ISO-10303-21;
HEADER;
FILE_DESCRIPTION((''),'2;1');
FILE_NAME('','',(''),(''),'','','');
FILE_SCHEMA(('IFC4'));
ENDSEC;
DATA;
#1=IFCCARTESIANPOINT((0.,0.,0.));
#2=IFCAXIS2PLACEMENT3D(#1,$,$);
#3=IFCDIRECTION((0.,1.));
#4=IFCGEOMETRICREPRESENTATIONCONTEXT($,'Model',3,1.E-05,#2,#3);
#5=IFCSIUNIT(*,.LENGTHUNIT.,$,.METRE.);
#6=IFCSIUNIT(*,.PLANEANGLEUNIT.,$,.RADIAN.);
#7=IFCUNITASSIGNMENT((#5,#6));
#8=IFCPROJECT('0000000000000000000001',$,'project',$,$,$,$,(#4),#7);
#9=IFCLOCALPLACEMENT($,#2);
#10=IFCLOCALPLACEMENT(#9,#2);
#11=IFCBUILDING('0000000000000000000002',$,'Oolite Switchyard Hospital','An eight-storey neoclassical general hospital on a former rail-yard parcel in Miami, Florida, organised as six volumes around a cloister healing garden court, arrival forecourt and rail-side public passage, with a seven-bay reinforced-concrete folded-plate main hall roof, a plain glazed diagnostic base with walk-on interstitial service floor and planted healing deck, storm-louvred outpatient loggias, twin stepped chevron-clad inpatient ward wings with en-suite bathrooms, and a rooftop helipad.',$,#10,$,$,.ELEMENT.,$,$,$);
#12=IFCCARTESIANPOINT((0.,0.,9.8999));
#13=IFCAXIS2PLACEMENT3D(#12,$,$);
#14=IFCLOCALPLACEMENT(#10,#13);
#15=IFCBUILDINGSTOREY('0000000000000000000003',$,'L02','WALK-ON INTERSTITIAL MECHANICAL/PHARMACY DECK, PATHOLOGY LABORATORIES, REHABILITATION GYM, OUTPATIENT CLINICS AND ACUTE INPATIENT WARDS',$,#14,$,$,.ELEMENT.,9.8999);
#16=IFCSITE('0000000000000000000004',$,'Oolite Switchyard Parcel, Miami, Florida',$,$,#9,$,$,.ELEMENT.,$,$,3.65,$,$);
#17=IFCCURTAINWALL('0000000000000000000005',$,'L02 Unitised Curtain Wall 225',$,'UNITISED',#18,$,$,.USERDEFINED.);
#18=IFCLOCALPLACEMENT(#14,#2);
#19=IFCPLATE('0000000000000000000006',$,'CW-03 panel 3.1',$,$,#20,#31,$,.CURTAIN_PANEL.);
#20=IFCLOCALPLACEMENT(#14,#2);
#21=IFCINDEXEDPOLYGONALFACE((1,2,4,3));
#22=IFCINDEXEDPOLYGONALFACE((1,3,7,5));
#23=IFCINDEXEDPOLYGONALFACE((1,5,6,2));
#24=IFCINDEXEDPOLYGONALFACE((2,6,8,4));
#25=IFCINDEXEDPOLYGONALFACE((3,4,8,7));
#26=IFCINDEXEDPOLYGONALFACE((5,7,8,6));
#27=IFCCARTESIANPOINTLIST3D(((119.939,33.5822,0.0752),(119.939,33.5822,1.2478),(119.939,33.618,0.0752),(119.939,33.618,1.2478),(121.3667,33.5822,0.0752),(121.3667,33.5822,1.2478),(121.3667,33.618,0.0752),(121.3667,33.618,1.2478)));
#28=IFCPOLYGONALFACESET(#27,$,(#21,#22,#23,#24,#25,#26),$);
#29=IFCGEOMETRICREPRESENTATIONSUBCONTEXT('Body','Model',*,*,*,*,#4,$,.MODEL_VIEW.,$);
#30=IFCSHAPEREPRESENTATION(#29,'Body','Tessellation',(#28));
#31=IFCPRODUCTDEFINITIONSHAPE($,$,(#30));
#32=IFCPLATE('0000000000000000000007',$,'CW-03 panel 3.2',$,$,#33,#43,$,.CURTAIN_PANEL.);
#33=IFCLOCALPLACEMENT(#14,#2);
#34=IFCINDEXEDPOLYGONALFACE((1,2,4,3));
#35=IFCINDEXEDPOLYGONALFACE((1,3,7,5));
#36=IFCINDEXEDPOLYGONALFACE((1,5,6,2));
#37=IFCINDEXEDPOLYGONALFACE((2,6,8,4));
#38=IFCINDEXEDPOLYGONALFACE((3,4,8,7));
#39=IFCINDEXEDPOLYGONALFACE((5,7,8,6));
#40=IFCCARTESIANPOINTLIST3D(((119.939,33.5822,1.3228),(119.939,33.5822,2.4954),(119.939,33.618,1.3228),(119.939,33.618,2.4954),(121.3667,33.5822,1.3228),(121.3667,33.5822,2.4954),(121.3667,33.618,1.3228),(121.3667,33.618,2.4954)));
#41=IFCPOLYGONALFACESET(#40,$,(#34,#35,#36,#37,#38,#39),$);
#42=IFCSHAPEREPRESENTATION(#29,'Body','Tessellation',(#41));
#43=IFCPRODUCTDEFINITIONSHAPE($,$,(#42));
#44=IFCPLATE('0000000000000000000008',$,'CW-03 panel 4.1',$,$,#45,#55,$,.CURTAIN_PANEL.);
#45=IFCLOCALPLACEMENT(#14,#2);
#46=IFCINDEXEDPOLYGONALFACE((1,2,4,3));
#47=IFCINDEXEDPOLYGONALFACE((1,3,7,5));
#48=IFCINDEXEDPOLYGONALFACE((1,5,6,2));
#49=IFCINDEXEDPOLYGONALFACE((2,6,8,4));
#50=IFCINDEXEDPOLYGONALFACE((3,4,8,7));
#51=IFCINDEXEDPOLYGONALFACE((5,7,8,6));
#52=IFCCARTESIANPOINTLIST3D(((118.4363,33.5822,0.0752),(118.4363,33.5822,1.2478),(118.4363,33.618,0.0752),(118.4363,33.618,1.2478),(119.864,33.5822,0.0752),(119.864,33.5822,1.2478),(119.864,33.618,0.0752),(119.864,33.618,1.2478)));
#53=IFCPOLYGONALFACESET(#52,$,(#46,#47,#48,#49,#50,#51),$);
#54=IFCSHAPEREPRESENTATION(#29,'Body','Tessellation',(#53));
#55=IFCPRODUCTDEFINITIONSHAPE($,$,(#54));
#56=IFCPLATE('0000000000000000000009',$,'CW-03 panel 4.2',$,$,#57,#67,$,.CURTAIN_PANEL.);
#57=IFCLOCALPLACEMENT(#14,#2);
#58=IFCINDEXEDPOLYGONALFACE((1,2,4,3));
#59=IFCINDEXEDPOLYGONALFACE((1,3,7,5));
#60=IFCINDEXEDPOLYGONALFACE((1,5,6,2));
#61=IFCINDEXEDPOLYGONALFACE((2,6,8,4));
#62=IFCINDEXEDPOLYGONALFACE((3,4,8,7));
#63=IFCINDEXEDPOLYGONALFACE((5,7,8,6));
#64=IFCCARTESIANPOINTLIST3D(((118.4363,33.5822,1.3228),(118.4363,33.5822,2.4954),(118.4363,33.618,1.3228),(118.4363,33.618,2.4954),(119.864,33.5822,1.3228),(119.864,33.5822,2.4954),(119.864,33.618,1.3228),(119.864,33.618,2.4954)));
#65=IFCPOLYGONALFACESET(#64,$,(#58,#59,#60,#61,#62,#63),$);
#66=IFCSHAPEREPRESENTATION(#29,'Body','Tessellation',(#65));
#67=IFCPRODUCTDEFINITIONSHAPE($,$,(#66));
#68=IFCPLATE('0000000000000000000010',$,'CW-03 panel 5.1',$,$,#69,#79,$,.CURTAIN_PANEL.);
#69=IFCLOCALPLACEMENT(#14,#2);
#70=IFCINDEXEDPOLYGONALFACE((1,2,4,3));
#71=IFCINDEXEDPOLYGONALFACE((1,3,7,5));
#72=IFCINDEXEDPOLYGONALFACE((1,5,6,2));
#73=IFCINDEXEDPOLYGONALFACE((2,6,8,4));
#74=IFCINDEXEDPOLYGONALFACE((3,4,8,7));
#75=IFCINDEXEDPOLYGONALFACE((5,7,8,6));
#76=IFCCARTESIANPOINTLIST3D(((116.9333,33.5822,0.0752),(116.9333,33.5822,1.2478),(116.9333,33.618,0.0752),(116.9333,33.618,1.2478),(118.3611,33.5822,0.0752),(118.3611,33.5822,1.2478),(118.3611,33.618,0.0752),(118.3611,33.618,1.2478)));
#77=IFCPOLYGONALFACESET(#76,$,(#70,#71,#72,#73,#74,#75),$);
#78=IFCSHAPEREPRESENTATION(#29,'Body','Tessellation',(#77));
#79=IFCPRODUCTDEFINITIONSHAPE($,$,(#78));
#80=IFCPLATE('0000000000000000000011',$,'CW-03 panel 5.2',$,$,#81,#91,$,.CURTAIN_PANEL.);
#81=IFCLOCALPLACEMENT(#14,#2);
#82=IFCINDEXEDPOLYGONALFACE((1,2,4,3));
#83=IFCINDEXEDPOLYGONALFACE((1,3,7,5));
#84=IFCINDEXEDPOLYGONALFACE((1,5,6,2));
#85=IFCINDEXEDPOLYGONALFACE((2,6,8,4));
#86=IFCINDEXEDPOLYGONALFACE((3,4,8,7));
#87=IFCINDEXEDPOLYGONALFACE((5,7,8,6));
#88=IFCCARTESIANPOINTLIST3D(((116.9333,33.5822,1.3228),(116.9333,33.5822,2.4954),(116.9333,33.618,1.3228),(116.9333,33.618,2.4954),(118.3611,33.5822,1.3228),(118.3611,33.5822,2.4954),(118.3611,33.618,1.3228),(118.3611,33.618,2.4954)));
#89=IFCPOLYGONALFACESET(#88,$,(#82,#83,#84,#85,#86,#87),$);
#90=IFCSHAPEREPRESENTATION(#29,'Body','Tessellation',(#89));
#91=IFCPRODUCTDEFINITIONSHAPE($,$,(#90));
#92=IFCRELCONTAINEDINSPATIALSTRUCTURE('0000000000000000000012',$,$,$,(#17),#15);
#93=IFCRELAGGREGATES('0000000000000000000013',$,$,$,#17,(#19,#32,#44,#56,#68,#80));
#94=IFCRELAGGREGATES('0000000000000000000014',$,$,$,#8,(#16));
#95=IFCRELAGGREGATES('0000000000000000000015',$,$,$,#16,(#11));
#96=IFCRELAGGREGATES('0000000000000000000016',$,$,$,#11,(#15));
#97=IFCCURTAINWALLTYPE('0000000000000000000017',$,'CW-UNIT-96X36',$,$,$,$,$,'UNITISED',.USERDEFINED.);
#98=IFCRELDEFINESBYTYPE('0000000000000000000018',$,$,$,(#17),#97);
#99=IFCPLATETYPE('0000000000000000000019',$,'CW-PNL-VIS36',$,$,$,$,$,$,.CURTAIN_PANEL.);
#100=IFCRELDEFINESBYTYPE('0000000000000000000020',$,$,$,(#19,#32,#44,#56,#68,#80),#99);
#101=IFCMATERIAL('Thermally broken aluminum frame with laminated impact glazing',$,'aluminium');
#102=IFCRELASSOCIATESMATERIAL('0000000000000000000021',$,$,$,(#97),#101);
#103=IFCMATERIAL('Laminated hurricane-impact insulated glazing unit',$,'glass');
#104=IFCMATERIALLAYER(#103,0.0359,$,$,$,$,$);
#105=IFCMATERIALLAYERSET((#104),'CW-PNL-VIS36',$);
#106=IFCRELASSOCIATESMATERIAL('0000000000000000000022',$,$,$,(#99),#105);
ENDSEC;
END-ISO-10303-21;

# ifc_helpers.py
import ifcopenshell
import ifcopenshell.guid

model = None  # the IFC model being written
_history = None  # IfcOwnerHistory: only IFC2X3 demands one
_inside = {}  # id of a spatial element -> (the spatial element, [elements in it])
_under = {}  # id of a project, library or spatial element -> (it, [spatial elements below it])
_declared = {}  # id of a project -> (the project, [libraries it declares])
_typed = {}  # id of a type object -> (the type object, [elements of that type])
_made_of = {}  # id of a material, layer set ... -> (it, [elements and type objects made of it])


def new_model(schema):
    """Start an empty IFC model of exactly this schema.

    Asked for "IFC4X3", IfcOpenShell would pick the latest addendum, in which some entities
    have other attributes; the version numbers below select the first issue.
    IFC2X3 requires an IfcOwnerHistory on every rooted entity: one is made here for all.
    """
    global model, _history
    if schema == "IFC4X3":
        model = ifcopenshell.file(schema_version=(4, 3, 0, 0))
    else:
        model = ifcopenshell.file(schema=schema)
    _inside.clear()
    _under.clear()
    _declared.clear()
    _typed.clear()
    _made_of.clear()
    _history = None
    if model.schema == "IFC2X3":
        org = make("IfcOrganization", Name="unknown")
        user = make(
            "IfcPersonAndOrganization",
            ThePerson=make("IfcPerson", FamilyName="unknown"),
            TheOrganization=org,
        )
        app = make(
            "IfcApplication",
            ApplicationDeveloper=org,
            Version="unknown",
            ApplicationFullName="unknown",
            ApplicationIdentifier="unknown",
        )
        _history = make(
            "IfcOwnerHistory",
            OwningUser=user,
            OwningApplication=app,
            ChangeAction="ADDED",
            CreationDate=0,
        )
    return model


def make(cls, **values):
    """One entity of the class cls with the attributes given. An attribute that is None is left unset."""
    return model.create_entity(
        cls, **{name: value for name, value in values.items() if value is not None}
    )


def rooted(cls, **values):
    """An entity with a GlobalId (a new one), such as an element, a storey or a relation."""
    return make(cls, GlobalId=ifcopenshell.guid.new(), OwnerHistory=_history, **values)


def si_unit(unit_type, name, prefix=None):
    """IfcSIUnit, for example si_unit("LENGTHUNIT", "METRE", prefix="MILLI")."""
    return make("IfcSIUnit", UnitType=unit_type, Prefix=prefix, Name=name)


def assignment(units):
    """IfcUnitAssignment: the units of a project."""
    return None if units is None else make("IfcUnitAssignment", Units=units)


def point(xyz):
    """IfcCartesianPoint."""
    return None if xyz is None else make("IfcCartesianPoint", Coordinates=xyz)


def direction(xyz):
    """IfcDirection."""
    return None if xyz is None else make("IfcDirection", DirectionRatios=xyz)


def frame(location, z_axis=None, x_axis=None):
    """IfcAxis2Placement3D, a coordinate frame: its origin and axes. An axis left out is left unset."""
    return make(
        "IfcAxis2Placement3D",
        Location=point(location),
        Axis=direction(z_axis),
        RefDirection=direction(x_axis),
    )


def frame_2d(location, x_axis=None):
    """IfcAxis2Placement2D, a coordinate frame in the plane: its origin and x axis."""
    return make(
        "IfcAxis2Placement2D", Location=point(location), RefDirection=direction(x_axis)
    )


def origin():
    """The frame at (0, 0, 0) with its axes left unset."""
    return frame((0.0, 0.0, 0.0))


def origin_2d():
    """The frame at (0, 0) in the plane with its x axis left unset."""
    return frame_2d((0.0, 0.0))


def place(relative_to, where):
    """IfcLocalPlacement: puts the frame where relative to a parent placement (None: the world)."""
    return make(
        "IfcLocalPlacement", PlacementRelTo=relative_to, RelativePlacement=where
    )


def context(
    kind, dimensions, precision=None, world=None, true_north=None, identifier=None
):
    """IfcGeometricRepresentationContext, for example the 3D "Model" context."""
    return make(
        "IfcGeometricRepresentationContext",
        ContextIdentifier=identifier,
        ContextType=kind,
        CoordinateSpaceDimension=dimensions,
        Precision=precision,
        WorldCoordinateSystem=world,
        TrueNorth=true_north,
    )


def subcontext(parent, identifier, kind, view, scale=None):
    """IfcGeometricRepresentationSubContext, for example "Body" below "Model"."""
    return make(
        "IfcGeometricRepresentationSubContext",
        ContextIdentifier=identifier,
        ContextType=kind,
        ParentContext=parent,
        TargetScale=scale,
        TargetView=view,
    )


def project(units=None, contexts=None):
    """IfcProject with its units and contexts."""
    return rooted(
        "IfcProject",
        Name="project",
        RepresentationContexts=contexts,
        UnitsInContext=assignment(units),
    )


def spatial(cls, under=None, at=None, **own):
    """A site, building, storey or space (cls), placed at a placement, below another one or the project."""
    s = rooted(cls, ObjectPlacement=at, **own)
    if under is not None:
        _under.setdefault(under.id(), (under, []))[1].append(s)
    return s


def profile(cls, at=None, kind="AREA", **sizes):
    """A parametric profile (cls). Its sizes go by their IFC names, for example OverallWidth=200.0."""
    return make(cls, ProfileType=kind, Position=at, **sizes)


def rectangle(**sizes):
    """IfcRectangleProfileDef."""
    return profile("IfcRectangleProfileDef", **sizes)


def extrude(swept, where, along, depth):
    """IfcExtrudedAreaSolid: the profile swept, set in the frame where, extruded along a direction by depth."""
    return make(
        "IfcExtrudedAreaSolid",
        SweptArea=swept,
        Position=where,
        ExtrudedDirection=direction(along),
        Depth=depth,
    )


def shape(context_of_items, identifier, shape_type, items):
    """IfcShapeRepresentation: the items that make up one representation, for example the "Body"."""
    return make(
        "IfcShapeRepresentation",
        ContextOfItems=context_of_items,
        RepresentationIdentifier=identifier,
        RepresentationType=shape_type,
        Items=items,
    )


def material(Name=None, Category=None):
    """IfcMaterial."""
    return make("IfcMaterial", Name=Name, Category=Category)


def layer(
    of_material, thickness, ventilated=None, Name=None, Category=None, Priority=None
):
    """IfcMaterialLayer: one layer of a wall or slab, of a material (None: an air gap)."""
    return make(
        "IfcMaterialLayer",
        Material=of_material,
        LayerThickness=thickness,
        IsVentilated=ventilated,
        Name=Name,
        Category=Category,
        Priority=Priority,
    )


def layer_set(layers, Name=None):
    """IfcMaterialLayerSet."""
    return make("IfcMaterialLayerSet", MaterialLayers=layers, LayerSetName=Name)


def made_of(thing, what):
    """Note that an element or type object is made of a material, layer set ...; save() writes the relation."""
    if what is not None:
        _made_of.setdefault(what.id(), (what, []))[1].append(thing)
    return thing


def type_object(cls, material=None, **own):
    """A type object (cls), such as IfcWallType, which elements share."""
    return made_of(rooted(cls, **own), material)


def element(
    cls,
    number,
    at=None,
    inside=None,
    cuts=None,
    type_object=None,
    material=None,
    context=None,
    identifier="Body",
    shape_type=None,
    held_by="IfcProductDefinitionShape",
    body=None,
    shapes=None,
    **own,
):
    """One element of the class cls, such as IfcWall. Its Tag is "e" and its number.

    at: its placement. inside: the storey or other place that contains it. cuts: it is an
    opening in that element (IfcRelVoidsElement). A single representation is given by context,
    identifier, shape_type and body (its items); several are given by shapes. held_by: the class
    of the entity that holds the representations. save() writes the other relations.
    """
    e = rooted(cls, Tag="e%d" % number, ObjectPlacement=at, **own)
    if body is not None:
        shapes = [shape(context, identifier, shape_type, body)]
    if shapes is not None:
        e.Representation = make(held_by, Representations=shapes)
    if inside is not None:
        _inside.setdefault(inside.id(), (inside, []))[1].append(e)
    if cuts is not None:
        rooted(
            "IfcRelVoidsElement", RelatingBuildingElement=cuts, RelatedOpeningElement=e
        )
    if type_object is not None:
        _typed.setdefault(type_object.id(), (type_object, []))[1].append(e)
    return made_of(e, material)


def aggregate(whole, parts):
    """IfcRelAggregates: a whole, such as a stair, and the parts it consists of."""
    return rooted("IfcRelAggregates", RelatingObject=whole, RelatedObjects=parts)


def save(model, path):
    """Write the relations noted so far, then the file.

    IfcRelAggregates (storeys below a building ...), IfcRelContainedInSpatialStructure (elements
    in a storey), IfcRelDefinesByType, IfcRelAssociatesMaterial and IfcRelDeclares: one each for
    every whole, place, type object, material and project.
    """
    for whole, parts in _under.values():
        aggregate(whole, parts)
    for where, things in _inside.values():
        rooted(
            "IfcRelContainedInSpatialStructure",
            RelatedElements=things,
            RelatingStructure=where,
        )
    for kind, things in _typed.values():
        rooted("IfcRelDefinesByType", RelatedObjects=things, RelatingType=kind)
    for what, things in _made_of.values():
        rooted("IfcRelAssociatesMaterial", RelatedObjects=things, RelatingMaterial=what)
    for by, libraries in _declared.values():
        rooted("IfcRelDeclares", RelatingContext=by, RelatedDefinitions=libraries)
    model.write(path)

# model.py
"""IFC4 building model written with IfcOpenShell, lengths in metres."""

from ifc_helpers import new_model, si_unit, direction, frame, origin, origin_2d, place, context, subcontext, project, spatial, rectangle, extrude, material, layer, layer_set, type_object, element, aggregate, save


model = new_model("IFC4")

# Units and contexts
model_context = context("Model", 3, precision=1e-05, world=origin(), true_north=direction((0.0, 1.0)))
body_context = subcontext(model_context, "Body", "Model", "MODEL_VIEW")
ifc_project = project(units=[si_unit("LENGTHUNIT", "METRE"), si_unit("PLANEANGLEUNIT", "RADIAN")], contexts=[model_context])

# Site, building, storey
site_placement = place(None, origin())
site = spatial("IfcSite", under=ifc_project, at=site_placement, Name="Oolite Switchyard Parcel, Miami, Florida", CompositionType="ELEMENT", RefElevation=3.65)
building_placement = place(site_placement, origin())
building = spatial("IfcBuilding", under=site, at=building_placement, Name="Oolite Switchyard Hospital", Description="An eight-storey neoclassical general hospital on a former rail-yard parcel in Miami, Florida, organised as six volumes around a cloister healing garden court, arrival forecourt and rail-side public passage, with a seven-bay reinforced-concrete folded-plate main hall roof, a plain glazed diagnostic base with walk-on interstitial service floor and planted healing deck, storm-louvred outpatient loggias, twin stepped chevron-clad inpatient ward wings with en-suite bathrooms, and a rooftop helipad.", CompositionType="ELEMENT")
storey_placement = place(building_placement, frame((0.0, 0.0, 9.8999)))
storey = spatial("IfcBuildingStorey", under=building, at=storey_placement, Name="L02", Description="WALK-ON INTERSTITIAL MECHANICAL/PHARMACY DECK, PATHOLOGY LABORATORIES, REHABILITATION GYM, OUTPATIENT CLINICS AND ACUTE INPATIENT WARDS", CompositionType="ELEMENT", Elevation=9.8999)

# Curtain wall, plates
ifc_material_1 = material(Name="Thermally broken aluminum frame with laminated impact glazing", Category="aluminium")
curtain_wall_type = type_object("IfcCurtainWallType", Name="CW-UNIT-96X36", ElementType="UNITISED", PredefinedType="USERDEFINED", material=ifc_material_1)
curtain_wall_placement = place(storey_placement, origin())
curtain_wall = element("IfcCurtainWall", 1, at=curtain_wall_placement, inside=storey, type_object=curtain_wall_type, Name="L02 Unitised Curtain Wall 225", ObjectType="UNITISED", PredefinedType="USERDEFINED")
ifc_material_2 = material(Name="Laminated hurricane-impact insulated glazing unit", Category="glass")
ifc_layer = layer(ifc_material_2, 0.0359)
ifc_layer_set = layer_set([ifc_layer], Name="CW-PNL-VIS36")
plate_type = type_object("IfcPlateType", Name="CW-PNL-VIS36", PredefinedType="CURTAIN_PANEL", material=ifc_layer_set)
plate_1_placement = place(storey_placement, frame((120.6528, 33.6001, 0.0752), z_axis=(0.0, 0.0, 1.0), x_axis=(-1.0, 0.0, 0.0)))
plate_1 = element("IfcPlate", 2, at=plate_1_placement, type_object=plate_type, Name="CW-03 panel 3.1", PredefinedType="CURTAIN_PANEL", context=body_context, shape_type="SweptSolid", body=[
    extrude(rectangle(XDim=1.4277, YDim=0.0359, at=origin_2d()), origin(), (0.0, 0.0, 1.0), 1.1726),
])
plate_2_placement = place(storey_placement, frame((120.6528, 33.6001, 1.3228), z_axis=(0.0, 0.0, 1.0), x_axis=(-1.0, 0.0, 0.0)))
plate_2 = element("IfcPlate", 3, at=plate_2_placement, type_object=plate_type, Name="CW-03 panel 3.2", PredefinedType="CURTAIN_PANEL", context=body_context, shape_type="SweptSolid", body=[
    extrude(rectangle(XDim=1.4277, YDim=0.0359, at=origin_2d()), origin(), (0.0, 0.0, 1.0), 1.1726),
])
plate_3_placement = place(storey_placement, frame((119.1501, 33.6001, 0.0752), z_axis=(0.0, 0.0, 1.0), x_axis=(-1.0, 0.0, 0.0)))
plate_3 = element("IfcPlate", 4, at=plate_3_placement, type_object=plate_type, Name="CW-03 panel 4.1", PredefinedType="CURTAIN_PANEL", context=body_context, shape_type="SweptSolid", body=[
    extrude(rectangle(XDim=1.4277, YDim=0.0359, at=origin_2d()), origin(), (0.0, 0.0, 1.0), 1.1726),
])
plate_4_placement = place(storey_placement, frame((119.1501, 33.6001, 1.3228), z_axis=(0.0, 0.0, 1.0), x_axis=(-1.0, 0.0, 0.0)))
plate_4 = element("IfcPlate", 5, at=plate_4_placement, type_object=plate_type, Name="CW-03 panel 4.2", PredefinedType="CURTAIN_PANEL", context=body_context, shape_type="SweptSolid", body=[
    extrude(rectangle(XDim=1.4277, YDim=0.0359, at=origin_2d()), origin(), (0.0, 0.0, 1.0), 1.1726),
])
plate_5_placement = place(storey_placement, frame((117.6472, 33.6001, 0.0752), z_axis=(0.0, 0.0, 1.0), x_axis=(-1.0, 0.0, 0.0)))
plate_5 = element("IfcPlate", 6, at=plate_5_placement, type_object=plate_type, Name="CW-03 panel 5.1", PredefinedType="CURTAIN_PANEL", context=body_context, shape_type="SweptSolid", body=[
    extrude(rectangle(XDim=1.4277, YDim=0.0359, at=origin_2d()), origin(), (0.0, 0.0, 1.0), 1.1726),
])
plate_6_placement = place(storey_placement, frame((117.6472, 33.6001, 1.3228), z_axis=(0.0, 0.0, 1.0), x_axis=(-1.0, 0.0, 0.0)))
plate_6 = element("IfcPlate", 7, at=plate_6_placement, type_object=plate_type, Name="CW-03 panel 5.2", PredefinedType="CURTAIN_PANEL", context=body_context, shape_type="SweptSolid", body=[
    extrude(rectangle(XDim=1.4277, YDim=0.0359, at=origin_2d()), origin(), (0.0, 0.0, 1.0), 1.1726),
])
aggregate(curtain_wall, [plate_1, plate_2, plate_3, plate_4, plate_5, plate_6])

save(model, "model.ifc")
